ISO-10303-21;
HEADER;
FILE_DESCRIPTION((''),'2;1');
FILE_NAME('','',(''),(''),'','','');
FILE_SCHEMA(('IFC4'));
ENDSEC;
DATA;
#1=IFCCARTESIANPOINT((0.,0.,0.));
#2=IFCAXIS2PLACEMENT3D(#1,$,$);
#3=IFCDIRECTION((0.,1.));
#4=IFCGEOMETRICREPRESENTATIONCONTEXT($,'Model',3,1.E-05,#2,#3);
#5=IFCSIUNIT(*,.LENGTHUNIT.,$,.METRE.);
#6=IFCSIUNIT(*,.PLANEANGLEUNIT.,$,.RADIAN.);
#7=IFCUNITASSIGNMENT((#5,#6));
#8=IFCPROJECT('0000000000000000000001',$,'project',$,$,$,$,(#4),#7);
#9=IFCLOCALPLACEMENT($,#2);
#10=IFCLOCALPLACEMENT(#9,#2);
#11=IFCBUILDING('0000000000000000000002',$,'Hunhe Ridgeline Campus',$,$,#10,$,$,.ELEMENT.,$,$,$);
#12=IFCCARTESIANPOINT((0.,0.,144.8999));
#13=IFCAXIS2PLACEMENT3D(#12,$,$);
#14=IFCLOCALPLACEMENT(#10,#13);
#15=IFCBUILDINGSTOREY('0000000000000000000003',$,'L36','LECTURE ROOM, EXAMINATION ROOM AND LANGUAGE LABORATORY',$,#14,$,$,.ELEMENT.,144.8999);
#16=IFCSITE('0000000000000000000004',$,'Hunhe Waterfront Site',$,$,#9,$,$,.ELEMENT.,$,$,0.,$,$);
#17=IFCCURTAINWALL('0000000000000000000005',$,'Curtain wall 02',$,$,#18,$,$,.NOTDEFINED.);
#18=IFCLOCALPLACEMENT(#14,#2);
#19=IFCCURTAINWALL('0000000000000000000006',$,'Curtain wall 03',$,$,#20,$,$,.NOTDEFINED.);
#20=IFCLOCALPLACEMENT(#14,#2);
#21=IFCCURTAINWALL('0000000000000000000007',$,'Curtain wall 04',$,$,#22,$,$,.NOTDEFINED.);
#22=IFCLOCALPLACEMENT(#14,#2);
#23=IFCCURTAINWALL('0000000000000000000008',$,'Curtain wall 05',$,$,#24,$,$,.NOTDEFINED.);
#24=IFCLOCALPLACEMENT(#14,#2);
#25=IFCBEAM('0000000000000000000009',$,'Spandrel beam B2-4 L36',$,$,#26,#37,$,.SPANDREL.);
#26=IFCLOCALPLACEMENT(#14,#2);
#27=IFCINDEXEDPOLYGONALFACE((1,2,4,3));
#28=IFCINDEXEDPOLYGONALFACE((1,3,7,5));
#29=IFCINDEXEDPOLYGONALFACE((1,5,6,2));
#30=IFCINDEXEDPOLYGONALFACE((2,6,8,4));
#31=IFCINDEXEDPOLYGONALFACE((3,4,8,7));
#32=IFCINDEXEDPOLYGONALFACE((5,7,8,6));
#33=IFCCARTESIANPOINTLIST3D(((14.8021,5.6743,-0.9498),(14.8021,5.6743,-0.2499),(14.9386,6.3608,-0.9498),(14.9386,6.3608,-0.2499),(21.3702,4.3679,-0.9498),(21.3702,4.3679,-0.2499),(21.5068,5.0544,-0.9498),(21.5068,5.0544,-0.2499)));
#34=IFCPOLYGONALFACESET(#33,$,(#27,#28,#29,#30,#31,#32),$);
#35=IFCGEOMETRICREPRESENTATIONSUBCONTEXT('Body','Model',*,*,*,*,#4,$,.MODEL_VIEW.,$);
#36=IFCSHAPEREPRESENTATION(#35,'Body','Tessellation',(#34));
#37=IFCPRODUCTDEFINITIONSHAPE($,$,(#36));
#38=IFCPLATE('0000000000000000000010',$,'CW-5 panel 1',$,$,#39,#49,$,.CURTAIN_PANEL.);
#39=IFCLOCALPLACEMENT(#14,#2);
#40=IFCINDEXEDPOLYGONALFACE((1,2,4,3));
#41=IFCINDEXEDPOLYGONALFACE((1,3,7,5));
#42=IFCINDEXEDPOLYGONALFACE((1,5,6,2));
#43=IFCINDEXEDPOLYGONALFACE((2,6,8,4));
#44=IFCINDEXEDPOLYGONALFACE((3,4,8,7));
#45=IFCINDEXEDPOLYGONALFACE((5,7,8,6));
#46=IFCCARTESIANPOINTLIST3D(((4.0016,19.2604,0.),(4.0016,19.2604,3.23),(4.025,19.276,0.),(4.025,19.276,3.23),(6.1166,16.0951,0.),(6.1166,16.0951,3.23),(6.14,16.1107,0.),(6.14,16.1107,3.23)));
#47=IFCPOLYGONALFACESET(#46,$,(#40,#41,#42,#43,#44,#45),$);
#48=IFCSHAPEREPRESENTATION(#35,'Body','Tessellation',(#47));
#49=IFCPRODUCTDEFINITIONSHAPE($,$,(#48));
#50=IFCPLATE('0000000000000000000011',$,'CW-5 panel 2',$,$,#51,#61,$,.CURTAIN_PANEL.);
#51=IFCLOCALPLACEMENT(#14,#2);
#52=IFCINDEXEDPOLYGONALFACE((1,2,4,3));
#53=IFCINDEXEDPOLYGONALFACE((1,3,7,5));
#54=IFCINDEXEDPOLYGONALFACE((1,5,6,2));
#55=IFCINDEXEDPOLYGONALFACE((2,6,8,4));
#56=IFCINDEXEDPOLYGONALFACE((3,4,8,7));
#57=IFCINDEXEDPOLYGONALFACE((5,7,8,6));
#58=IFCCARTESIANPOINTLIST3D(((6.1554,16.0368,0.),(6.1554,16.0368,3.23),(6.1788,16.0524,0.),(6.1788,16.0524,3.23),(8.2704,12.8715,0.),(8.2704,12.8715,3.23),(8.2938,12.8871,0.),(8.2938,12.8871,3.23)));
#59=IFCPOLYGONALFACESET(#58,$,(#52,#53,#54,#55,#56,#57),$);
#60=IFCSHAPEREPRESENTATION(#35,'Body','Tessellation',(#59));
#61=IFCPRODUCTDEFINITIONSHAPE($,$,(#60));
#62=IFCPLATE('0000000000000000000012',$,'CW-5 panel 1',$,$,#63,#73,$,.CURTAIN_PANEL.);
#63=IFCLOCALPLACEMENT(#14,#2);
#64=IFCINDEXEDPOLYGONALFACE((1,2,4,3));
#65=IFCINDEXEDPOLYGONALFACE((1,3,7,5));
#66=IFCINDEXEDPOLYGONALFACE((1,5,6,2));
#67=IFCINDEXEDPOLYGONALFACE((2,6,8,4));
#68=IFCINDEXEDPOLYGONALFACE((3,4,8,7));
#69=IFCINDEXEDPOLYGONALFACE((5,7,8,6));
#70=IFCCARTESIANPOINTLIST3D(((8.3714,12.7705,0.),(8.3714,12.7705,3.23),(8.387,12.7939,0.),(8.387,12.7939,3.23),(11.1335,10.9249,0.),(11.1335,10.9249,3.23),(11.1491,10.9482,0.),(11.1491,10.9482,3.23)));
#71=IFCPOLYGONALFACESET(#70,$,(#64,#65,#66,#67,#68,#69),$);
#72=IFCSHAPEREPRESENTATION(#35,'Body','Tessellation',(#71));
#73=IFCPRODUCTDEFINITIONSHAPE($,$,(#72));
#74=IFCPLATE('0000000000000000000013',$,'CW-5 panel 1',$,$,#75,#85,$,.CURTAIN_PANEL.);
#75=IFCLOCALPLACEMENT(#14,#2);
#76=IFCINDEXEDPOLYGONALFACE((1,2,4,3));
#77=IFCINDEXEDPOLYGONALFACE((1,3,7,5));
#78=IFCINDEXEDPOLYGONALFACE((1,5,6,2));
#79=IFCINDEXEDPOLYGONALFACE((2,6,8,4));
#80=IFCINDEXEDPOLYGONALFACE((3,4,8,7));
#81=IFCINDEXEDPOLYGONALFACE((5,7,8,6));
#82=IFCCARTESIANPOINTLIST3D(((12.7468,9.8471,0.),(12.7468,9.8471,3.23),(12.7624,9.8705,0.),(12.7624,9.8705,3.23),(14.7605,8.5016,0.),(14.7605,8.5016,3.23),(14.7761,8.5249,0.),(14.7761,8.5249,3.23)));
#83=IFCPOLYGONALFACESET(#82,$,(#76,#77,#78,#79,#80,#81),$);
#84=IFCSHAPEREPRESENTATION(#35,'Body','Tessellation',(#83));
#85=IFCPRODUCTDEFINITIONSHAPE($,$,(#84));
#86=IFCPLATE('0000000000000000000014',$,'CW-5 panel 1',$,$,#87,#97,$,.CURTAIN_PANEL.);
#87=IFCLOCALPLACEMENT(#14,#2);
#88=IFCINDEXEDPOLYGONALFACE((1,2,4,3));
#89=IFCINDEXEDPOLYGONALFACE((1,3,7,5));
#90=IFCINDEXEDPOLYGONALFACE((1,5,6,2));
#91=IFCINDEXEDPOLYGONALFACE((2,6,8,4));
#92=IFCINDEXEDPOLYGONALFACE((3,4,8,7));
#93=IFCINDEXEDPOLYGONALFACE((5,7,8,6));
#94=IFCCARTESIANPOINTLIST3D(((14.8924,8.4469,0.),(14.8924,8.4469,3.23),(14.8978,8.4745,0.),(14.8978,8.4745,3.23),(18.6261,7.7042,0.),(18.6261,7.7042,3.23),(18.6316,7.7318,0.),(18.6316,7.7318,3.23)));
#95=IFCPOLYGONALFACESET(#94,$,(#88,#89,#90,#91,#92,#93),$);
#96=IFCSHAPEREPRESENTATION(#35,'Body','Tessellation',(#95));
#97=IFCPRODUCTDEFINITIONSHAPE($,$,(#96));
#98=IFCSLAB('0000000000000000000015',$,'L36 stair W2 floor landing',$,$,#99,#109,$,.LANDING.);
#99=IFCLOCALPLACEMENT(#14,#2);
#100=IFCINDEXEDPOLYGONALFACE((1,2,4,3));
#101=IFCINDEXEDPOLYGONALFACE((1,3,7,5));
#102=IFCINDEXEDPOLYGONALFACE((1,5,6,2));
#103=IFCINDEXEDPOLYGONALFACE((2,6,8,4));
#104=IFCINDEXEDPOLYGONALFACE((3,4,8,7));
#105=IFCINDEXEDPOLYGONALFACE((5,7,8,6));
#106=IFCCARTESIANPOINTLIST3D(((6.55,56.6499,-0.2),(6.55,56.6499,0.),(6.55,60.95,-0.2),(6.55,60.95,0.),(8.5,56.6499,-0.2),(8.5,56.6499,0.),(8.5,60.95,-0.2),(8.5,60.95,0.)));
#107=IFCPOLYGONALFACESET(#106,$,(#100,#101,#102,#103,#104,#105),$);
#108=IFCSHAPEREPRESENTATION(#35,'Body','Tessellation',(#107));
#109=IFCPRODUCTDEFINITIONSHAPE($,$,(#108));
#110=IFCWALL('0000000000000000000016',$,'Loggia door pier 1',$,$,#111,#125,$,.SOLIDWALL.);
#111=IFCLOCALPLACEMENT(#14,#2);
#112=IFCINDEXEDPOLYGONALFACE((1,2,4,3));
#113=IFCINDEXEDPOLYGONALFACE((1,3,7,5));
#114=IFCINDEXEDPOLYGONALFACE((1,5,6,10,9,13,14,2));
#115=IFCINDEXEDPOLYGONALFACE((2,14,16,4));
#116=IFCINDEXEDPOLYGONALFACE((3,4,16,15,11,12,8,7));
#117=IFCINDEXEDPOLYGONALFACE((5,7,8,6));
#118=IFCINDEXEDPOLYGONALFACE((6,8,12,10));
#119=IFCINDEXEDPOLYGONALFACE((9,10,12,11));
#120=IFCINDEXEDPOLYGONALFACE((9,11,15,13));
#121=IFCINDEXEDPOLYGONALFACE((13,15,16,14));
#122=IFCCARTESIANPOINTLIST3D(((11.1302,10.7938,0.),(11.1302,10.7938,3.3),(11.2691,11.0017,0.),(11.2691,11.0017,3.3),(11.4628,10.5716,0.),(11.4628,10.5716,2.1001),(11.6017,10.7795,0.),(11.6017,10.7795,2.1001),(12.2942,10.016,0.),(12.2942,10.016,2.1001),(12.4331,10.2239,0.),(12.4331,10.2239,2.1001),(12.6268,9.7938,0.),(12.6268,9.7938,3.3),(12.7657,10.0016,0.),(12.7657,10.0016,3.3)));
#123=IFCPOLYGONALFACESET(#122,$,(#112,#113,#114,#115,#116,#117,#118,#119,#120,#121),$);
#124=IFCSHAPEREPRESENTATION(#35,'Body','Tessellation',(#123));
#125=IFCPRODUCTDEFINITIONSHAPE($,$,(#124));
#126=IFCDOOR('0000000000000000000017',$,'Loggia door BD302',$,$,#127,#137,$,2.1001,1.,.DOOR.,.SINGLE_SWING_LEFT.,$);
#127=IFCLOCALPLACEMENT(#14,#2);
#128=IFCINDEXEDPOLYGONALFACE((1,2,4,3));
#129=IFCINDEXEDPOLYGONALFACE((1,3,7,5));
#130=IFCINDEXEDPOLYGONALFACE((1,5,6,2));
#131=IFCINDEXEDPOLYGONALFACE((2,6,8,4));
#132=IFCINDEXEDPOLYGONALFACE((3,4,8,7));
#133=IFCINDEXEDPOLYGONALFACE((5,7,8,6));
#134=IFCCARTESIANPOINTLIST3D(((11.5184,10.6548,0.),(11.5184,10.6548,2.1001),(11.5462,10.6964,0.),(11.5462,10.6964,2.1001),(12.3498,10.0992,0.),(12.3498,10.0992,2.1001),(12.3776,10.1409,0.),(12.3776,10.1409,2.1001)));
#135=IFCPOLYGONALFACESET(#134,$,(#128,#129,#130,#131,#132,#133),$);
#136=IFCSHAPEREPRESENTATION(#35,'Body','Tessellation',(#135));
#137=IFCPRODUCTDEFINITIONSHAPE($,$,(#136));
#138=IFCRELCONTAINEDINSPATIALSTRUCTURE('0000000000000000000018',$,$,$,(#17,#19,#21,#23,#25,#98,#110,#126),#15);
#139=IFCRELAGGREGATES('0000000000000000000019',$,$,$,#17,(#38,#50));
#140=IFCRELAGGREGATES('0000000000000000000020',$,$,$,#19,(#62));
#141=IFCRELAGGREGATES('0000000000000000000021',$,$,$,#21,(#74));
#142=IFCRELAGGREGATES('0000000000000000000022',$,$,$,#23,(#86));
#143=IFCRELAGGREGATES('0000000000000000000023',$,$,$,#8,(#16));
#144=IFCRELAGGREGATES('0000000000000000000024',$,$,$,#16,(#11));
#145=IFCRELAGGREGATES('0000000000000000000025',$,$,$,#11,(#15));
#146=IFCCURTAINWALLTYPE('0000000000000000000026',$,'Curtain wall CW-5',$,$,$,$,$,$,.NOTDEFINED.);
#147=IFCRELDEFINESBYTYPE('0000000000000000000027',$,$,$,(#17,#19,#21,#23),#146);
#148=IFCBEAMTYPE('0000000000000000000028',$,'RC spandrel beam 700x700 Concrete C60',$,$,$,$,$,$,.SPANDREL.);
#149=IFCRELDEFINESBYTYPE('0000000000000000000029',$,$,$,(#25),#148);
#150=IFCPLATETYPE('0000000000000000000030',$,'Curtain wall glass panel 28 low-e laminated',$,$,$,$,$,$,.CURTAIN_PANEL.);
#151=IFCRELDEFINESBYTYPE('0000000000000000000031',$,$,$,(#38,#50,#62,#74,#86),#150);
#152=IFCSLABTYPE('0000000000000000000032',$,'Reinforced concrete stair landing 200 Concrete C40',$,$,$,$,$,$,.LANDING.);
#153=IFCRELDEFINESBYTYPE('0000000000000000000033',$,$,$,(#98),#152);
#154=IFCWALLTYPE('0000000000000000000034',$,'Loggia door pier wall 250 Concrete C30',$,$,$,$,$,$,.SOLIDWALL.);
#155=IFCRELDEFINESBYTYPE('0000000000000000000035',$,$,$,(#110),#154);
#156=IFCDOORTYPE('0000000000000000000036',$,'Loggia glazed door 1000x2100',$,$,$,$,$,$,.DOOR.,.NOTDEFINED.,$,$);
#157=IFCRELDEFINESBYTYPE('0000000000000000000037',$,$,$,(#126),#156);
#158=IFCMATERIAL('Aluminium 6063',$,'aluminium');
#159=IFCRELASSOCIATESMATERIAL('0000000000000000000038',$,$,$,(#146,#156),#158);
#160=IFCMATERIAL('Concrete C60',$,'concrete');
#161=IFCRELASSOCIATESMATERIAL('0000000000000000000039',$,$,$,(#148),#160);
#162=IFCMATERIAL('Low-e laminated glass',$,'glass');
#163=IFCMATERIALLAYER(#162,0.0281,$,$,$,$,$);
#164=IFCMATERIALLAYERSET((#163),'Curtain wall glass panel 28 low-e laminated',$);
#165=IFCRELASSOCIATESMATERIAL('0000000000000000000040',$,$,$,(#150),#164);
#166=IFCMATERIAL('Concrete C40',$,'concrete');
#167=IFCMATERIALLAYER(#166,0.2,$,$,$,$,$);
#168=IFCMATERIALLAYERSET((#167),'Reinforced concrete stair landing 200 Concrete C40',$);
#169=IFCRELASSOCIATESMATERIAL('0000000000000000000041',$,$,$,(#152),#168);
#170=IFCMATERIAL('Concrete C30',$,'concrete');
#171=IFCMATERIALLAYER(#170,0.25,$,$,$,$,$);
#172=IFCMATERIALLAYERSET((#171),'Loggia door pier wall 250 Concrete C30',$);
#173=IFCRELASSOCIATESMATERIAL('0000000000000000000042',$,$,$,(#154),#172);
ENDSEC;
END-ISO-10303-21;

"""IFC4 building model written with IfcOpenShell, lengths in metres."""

from ifc_helpers import new_model, si_unit, direction, frame, frame_2d, origin, origin_2d, place, context, subcontext, project, spatial, polyline, rectangle, outline, extrude, material, layer, layer_set, material_profile, profile_set, type_object, element, fill, aggregate, save


model = new_model("IFC4")

# Units and contexts
model_context = context("Model", 3, precision=1e-05, world=origin(), true_north=direction((0.0, 1.0)))
body_context = subcontext(model_context, "Body", "Model", "MODEL_VIEW")
ifc_project = project(units=[si_unit("LENGTHUNIT", "METRE"), si_unit("PLANEANGLEUNIT", "RADIAN")], contexts=[model_context])

# Site, building, storey
site_placement = place(None, origin())
site = spatial("IfcSite", under=ifc_project, at=site_placement, Name="Hunhe Waterfront Site", CompositionType="ELEMENT", RefElevation=0.0)
building_placement = place(site_placement, origin())
building = spatial("IfcBuilding", under=site, at=building_placement, Name="Hunhe Ridgeline Campus", CompositionType="ELEMENT")
storey_placement = place(building_placement, frame((0.0, 0.0, 144.8999)))
storey = spatial("IfcBuildingStorey", under=building, at=storey_placement, Name="L36", Description="LECTURE ROOM, EXAMINATION ROOM AND LANGUAGE LABORATORY", CompositionType="ELEMENT", Elevation=144.8999)

# Curtain walls
ifc_material_1 = material(Name="Aluminium 6063", Category="aluminium")
curtain_wall_type = type_object("IfcCurtainWallType", Name="Curtain wall CW-5", PredefinedType="NOTDEFINED", material=ifc_material_1)
curtain_wall_1_placement = place(storey_placement, origin())
curtain_wall_1 = element("IfcCurtainWall", 1, at=curtain_wall_1_placement, inside=storey, type_object=curtain_wall_type, Name="Curtain wall 02", PredefinedType="NOTDEFINED")
curtain_wall_2_placement = place(storey_placement, origin())
curtain_wall_2 = element("IfcCurtainWall", 2, at=curtain_wall_2_placement, inside=storey, type_object=curtain_wall_type, Name="Curtain wall 03", PredefinedType="NOTDEFINED")
curtain_wall_3_placement = place(storey_placement, origin())
curtain_wall_3 = element("IfcCurtainWall", 3, at=curtain_wall_3_placement, inside=storey, type_object=curtain_wall_type, Name="Curtain wall 04", PredefinedType="NOTDEFINED")
curtain_wall_4_placement = place(storey_placement, origin())
curtain_wall_4 = element("IfcCurtainWall", 4, at=curtain_wall_4_placement, inside=storey, type_object=curtain_wall_type, Name="Curtain wall 05", PredefinedType="NOTDEFINED")

# Beam
ifc_material_2 = material(Name="Concrete C60", Category="concrete")
ifc_material_profile_1 = material_profile(ifc_material_2, rectangle(XDim=0.7, YDim=0.7, at=origin_2d()))
ifc_profile_set_1 = profile_set([ifc_material_profile_1], Name="Concrete C60")
beam_type = type_object("IfcBeamType", Name="RC spandrel beam 700x700 Concrete C60", PredefinedType="SPANDREL", material=ifc_profile_set_1)
for number, where, z_axis, x_axis, name in (
    (5, (14.8704, 6.0176, -0.5999), (0.980788, -0.195078, 0.0), (0.195078, 0.980788, 0.0), "Spandrel beam B2-4 L36"),
):
    element("IfcBeam", number, at=place(storey_placement, frame(where, z_axis=z_axis, x_axis=x_axis)), inside=storey, type_object=beam_type, Name=name, PredefinedType="SPANDREL", context=body_context, shape_type="SweptSolid", body=[
        extrude(rectangle(XDim=0.7, YDim=0.7, at=origin_2d()), origin(), (0.0, 0.0, 1.0), 6.6968),
    ])

# Plates
ifc_material_3 = material(Name="Low-e laminated glass", Category="glass")
ifc_layer_1 = layer(ifc_material_3, 0.0281)
ifc_layer_set_1 = layer_set([ifc_layer_1], Name="Curtain wall glass panel 28 low-e laminated")
plate_type = type_object("IfcPlateType", Name="Curtain wall glass panel 28 low-e laminated", PredefinedType="CURTAIN_PANEL", material=ifc_layer_set_1)
plate_1_placement = place(storey_placement, frame((5.0708, 17.6855, 0.0), z_axis=(0.0, 0.0, 1.0), x_axis=(0.55557, -0.83147, 0.0)))
plate_1 = element("IfcPlate", 6, at=plate_1_placement, type_object=plate_type, Name="CW-5 panel 1", PredefinedType="CURTAIN_PANEL", context=body_context, shape_type="SweptSolid", body=[
    extrude(rectangle(XDim=3.8069, YDim=0.0281, at=origin_2d()), origin(), (0.0, 0.0, 1.0), 3.23),
])
plate_2_placement = place(storey_placement, frame((7.2246, 14.4619, 0.0), z_axis=(0.0, 0.0, 1.0), x_axis=(0.55557, -0.83147, 0.0)))
plate_2 = element("IfcPlate", 7, at=plate_2_placement, type_object=plate_type, Name="CW-5 panel 2", PredefinedType="CURTAIN_PANEL", context=body_context, shape_type="SweptSolid", body=[
    extrude(rectangle(XDim=3.8069, YDim=0.0281, at=origin_2d()), origin(), (0.0, 0.0, 1.0), 3.23),
])
aggregate(curtain_wall_1, [plate_1, plate_2])
plate_3_placement = place(storey_placement, frame((9.7603, 11.8594, 0.0), z_axis=(0.0, 0.0, 1.0), x_axis=(0.83147, -0.55557, 0.0)))
plate_3 = element("IfcPlate", 8, at=plate_3_placement, type_object=plate_type, Name="CW-5 panel 1", PredefinedType="CURTAIN_PANEL", context=body_context, shape_type="SweptSolid", body=[
    extrude(rectangle(XDim=3.322, YDim=0.0281, at=origin_2d()), origin(), (0.0, 0.0, 1.0), 3.23),
])
aggregate(curtain_wall_2, [plate_3])
plate_4_placement = place(storey_placement, frame((13.7615, 9.186, 0.0), z_axis=(0.0, 0.0, 1.0), x_axis=(0.83147, -0.55557, 0.0)))
plate_4 = element("IfcPlate", 9, at=plate_4_placement, type_object=plate_type, Name="CW-5 panel 1", PredefinedType="CURTAIN_PANEL", context=body_context, shape_type="SweptSolid", body=[
    extrude(rectangle(XDim=2.4219, YDim=0.0281, at=origin_2d()), origin(), (0.0, 0.0, 1.0), 3.23),
])
aggregate(curtain_wall_3, [plate_4])
plate_5_placement = place(storey_placement, frame((16.762, 8.0894, 0.0), z_axis=(0.0, 0.0, 1.0), x_axis=(0.980785, -0.19509, 0.0)))
plate_5 = element("IfcPlate", 10, at=plate_5_placement, type_object=plate_type, Name="CW-5 panel 1", PredefinedType="CURTAIN_PANEL", context=body_context, shape_type="SweptSolid", body=[
    extrude(rectangle(XDim=3.8069, YDim=0.0281, at=origin_2d()), origin(), (0.0, 0.0, 1.0), 3.23),
])
aggregate(curtain_wall_4, [plate_5])

# Slab
ifc_material_4 = material(Name="Concrete C40", Category="concrete")
ifc_layer_2 = layer(ifc_material_4, 0.2)
ifc_layer_set_2 = layer_set([ifc_layer_2], Name="Reinforced concrete stair landing 200 Concrete C40")
slab_type = type_object("IfcSlabType", Name="Reinforced concrete stair landing 200 Concrete C40", PredefinedType="LANDING", material=ifc_layer_set_2)
slab_placement = place(storey_placement, frame((0.0, 0.0, -0.2)))
element("IfcSlab", 11, at=slab_placement, inside=storey, type_object=slab_type, Name="L36 stair W2 floor landing", PredefinedType="LANDING", context=body_context, shape_type="SweptSolid", body=[
    extrude(outline(polyline([(8.5, 60.95), (6.55, 60.95), (6.55, 56.6499), (8.5, 56.6499), (8.5, 60.95)])), origin(), (0.0, 0.0, 1.0), 0.2),
])

# Wall, opening, door
ifc_material_5 = material(Name="Concrete C30", Category="concrete")
ifc_layer_3 = layer(ifc_material_5, 0.25)
ifc_layer_set_3 = layer_set([ifc_layer_3], Name="Loggia door pier wall 250 Concrete C30")
wall_type_1 = type_object("IfcWallType", Name="Loggia door pier wall 250 Concrete C30", PredefinedType="SOLIDWALL", material=ifc_layer_set_3)
wall_1_placement = place(storey_placement, frame((11.1997, 10.8977, 0.0), z_axis=(0.0, 0.0, 1.0), x_axis=(0.831466, -0.555576, 0.0)))
wall_1 = element("IfcWall", 12, at=wall_1_placement, inside=storey, type_object=wall_type_1, Name="Loggia door pier 1", PredefinedType="SOLIDWALL", context=body_context, shape_type="SweptSolid", body=[
    extrude(rectangle(XDim=1.8, YDim=0.25, at=frame_2d((0.8999, 0.0))), origin(), (0.0, 0.0, 1.0), 3.3),
])
opening_1_placement = place(wall_1_placement, frame((0.3999, 0.0, 0.0)))
opening_1 = element("IfcOpeningElement", 13, at=opening_1_placement, cuts=wall_1, PredefinedType="OPENING", context=body_context, shape_type="SweptSolid", body=[
    extrude(rectangle(XDim=1.0, YDim=2.1001, at=frame_2d((0.5, 1.05))), frame((0.0, 0.125, 0.0), z_axis=(0.0, -1.0, 0.0), x_axis=(1.0, 0.0, 0.0)), (0.0, 0.0, 1.0), 0.25),
])
door_type_1 = type_object("IfcDoorType", Name="Loggia glazed door 1000x2100", OperationType="NOTDEFINED", PredefinedType="DOOR", material=ifc_material_1)
door_1_placement = place(opening_1_placement, frame((1.0, 0.0, 0.0), z_axis=(0.0, 0.0, 1.0), x_axis=(-1.0, 0.0, 0.0)))
door_1 = element("IfcDoor", 14, at=door_1_placement, inside=storey, type_object=door_type_1, Name="Loggia door BD302", OperationType="SINGLE_SWING_LEFT", OverallHeight=2.1001, OverallWidth=1.0, PredefinedType="DOOR", context=body_context, shape_type="SweptSolid", body=[
    extrude(rectangle(XDim=1.0, YDim=2.1001, at=frame_2d((0.5, 1.05))), frame((0.0, 0.0249, 0.0), z_axis=(0.0, -1.0, 0.0), x_axis=(1.0, 0.0, 0.0)), (0.0, 0.0, 1.0), 0.05),
])
fill(opening_1, door_1)

save(model, "model.ifc")
